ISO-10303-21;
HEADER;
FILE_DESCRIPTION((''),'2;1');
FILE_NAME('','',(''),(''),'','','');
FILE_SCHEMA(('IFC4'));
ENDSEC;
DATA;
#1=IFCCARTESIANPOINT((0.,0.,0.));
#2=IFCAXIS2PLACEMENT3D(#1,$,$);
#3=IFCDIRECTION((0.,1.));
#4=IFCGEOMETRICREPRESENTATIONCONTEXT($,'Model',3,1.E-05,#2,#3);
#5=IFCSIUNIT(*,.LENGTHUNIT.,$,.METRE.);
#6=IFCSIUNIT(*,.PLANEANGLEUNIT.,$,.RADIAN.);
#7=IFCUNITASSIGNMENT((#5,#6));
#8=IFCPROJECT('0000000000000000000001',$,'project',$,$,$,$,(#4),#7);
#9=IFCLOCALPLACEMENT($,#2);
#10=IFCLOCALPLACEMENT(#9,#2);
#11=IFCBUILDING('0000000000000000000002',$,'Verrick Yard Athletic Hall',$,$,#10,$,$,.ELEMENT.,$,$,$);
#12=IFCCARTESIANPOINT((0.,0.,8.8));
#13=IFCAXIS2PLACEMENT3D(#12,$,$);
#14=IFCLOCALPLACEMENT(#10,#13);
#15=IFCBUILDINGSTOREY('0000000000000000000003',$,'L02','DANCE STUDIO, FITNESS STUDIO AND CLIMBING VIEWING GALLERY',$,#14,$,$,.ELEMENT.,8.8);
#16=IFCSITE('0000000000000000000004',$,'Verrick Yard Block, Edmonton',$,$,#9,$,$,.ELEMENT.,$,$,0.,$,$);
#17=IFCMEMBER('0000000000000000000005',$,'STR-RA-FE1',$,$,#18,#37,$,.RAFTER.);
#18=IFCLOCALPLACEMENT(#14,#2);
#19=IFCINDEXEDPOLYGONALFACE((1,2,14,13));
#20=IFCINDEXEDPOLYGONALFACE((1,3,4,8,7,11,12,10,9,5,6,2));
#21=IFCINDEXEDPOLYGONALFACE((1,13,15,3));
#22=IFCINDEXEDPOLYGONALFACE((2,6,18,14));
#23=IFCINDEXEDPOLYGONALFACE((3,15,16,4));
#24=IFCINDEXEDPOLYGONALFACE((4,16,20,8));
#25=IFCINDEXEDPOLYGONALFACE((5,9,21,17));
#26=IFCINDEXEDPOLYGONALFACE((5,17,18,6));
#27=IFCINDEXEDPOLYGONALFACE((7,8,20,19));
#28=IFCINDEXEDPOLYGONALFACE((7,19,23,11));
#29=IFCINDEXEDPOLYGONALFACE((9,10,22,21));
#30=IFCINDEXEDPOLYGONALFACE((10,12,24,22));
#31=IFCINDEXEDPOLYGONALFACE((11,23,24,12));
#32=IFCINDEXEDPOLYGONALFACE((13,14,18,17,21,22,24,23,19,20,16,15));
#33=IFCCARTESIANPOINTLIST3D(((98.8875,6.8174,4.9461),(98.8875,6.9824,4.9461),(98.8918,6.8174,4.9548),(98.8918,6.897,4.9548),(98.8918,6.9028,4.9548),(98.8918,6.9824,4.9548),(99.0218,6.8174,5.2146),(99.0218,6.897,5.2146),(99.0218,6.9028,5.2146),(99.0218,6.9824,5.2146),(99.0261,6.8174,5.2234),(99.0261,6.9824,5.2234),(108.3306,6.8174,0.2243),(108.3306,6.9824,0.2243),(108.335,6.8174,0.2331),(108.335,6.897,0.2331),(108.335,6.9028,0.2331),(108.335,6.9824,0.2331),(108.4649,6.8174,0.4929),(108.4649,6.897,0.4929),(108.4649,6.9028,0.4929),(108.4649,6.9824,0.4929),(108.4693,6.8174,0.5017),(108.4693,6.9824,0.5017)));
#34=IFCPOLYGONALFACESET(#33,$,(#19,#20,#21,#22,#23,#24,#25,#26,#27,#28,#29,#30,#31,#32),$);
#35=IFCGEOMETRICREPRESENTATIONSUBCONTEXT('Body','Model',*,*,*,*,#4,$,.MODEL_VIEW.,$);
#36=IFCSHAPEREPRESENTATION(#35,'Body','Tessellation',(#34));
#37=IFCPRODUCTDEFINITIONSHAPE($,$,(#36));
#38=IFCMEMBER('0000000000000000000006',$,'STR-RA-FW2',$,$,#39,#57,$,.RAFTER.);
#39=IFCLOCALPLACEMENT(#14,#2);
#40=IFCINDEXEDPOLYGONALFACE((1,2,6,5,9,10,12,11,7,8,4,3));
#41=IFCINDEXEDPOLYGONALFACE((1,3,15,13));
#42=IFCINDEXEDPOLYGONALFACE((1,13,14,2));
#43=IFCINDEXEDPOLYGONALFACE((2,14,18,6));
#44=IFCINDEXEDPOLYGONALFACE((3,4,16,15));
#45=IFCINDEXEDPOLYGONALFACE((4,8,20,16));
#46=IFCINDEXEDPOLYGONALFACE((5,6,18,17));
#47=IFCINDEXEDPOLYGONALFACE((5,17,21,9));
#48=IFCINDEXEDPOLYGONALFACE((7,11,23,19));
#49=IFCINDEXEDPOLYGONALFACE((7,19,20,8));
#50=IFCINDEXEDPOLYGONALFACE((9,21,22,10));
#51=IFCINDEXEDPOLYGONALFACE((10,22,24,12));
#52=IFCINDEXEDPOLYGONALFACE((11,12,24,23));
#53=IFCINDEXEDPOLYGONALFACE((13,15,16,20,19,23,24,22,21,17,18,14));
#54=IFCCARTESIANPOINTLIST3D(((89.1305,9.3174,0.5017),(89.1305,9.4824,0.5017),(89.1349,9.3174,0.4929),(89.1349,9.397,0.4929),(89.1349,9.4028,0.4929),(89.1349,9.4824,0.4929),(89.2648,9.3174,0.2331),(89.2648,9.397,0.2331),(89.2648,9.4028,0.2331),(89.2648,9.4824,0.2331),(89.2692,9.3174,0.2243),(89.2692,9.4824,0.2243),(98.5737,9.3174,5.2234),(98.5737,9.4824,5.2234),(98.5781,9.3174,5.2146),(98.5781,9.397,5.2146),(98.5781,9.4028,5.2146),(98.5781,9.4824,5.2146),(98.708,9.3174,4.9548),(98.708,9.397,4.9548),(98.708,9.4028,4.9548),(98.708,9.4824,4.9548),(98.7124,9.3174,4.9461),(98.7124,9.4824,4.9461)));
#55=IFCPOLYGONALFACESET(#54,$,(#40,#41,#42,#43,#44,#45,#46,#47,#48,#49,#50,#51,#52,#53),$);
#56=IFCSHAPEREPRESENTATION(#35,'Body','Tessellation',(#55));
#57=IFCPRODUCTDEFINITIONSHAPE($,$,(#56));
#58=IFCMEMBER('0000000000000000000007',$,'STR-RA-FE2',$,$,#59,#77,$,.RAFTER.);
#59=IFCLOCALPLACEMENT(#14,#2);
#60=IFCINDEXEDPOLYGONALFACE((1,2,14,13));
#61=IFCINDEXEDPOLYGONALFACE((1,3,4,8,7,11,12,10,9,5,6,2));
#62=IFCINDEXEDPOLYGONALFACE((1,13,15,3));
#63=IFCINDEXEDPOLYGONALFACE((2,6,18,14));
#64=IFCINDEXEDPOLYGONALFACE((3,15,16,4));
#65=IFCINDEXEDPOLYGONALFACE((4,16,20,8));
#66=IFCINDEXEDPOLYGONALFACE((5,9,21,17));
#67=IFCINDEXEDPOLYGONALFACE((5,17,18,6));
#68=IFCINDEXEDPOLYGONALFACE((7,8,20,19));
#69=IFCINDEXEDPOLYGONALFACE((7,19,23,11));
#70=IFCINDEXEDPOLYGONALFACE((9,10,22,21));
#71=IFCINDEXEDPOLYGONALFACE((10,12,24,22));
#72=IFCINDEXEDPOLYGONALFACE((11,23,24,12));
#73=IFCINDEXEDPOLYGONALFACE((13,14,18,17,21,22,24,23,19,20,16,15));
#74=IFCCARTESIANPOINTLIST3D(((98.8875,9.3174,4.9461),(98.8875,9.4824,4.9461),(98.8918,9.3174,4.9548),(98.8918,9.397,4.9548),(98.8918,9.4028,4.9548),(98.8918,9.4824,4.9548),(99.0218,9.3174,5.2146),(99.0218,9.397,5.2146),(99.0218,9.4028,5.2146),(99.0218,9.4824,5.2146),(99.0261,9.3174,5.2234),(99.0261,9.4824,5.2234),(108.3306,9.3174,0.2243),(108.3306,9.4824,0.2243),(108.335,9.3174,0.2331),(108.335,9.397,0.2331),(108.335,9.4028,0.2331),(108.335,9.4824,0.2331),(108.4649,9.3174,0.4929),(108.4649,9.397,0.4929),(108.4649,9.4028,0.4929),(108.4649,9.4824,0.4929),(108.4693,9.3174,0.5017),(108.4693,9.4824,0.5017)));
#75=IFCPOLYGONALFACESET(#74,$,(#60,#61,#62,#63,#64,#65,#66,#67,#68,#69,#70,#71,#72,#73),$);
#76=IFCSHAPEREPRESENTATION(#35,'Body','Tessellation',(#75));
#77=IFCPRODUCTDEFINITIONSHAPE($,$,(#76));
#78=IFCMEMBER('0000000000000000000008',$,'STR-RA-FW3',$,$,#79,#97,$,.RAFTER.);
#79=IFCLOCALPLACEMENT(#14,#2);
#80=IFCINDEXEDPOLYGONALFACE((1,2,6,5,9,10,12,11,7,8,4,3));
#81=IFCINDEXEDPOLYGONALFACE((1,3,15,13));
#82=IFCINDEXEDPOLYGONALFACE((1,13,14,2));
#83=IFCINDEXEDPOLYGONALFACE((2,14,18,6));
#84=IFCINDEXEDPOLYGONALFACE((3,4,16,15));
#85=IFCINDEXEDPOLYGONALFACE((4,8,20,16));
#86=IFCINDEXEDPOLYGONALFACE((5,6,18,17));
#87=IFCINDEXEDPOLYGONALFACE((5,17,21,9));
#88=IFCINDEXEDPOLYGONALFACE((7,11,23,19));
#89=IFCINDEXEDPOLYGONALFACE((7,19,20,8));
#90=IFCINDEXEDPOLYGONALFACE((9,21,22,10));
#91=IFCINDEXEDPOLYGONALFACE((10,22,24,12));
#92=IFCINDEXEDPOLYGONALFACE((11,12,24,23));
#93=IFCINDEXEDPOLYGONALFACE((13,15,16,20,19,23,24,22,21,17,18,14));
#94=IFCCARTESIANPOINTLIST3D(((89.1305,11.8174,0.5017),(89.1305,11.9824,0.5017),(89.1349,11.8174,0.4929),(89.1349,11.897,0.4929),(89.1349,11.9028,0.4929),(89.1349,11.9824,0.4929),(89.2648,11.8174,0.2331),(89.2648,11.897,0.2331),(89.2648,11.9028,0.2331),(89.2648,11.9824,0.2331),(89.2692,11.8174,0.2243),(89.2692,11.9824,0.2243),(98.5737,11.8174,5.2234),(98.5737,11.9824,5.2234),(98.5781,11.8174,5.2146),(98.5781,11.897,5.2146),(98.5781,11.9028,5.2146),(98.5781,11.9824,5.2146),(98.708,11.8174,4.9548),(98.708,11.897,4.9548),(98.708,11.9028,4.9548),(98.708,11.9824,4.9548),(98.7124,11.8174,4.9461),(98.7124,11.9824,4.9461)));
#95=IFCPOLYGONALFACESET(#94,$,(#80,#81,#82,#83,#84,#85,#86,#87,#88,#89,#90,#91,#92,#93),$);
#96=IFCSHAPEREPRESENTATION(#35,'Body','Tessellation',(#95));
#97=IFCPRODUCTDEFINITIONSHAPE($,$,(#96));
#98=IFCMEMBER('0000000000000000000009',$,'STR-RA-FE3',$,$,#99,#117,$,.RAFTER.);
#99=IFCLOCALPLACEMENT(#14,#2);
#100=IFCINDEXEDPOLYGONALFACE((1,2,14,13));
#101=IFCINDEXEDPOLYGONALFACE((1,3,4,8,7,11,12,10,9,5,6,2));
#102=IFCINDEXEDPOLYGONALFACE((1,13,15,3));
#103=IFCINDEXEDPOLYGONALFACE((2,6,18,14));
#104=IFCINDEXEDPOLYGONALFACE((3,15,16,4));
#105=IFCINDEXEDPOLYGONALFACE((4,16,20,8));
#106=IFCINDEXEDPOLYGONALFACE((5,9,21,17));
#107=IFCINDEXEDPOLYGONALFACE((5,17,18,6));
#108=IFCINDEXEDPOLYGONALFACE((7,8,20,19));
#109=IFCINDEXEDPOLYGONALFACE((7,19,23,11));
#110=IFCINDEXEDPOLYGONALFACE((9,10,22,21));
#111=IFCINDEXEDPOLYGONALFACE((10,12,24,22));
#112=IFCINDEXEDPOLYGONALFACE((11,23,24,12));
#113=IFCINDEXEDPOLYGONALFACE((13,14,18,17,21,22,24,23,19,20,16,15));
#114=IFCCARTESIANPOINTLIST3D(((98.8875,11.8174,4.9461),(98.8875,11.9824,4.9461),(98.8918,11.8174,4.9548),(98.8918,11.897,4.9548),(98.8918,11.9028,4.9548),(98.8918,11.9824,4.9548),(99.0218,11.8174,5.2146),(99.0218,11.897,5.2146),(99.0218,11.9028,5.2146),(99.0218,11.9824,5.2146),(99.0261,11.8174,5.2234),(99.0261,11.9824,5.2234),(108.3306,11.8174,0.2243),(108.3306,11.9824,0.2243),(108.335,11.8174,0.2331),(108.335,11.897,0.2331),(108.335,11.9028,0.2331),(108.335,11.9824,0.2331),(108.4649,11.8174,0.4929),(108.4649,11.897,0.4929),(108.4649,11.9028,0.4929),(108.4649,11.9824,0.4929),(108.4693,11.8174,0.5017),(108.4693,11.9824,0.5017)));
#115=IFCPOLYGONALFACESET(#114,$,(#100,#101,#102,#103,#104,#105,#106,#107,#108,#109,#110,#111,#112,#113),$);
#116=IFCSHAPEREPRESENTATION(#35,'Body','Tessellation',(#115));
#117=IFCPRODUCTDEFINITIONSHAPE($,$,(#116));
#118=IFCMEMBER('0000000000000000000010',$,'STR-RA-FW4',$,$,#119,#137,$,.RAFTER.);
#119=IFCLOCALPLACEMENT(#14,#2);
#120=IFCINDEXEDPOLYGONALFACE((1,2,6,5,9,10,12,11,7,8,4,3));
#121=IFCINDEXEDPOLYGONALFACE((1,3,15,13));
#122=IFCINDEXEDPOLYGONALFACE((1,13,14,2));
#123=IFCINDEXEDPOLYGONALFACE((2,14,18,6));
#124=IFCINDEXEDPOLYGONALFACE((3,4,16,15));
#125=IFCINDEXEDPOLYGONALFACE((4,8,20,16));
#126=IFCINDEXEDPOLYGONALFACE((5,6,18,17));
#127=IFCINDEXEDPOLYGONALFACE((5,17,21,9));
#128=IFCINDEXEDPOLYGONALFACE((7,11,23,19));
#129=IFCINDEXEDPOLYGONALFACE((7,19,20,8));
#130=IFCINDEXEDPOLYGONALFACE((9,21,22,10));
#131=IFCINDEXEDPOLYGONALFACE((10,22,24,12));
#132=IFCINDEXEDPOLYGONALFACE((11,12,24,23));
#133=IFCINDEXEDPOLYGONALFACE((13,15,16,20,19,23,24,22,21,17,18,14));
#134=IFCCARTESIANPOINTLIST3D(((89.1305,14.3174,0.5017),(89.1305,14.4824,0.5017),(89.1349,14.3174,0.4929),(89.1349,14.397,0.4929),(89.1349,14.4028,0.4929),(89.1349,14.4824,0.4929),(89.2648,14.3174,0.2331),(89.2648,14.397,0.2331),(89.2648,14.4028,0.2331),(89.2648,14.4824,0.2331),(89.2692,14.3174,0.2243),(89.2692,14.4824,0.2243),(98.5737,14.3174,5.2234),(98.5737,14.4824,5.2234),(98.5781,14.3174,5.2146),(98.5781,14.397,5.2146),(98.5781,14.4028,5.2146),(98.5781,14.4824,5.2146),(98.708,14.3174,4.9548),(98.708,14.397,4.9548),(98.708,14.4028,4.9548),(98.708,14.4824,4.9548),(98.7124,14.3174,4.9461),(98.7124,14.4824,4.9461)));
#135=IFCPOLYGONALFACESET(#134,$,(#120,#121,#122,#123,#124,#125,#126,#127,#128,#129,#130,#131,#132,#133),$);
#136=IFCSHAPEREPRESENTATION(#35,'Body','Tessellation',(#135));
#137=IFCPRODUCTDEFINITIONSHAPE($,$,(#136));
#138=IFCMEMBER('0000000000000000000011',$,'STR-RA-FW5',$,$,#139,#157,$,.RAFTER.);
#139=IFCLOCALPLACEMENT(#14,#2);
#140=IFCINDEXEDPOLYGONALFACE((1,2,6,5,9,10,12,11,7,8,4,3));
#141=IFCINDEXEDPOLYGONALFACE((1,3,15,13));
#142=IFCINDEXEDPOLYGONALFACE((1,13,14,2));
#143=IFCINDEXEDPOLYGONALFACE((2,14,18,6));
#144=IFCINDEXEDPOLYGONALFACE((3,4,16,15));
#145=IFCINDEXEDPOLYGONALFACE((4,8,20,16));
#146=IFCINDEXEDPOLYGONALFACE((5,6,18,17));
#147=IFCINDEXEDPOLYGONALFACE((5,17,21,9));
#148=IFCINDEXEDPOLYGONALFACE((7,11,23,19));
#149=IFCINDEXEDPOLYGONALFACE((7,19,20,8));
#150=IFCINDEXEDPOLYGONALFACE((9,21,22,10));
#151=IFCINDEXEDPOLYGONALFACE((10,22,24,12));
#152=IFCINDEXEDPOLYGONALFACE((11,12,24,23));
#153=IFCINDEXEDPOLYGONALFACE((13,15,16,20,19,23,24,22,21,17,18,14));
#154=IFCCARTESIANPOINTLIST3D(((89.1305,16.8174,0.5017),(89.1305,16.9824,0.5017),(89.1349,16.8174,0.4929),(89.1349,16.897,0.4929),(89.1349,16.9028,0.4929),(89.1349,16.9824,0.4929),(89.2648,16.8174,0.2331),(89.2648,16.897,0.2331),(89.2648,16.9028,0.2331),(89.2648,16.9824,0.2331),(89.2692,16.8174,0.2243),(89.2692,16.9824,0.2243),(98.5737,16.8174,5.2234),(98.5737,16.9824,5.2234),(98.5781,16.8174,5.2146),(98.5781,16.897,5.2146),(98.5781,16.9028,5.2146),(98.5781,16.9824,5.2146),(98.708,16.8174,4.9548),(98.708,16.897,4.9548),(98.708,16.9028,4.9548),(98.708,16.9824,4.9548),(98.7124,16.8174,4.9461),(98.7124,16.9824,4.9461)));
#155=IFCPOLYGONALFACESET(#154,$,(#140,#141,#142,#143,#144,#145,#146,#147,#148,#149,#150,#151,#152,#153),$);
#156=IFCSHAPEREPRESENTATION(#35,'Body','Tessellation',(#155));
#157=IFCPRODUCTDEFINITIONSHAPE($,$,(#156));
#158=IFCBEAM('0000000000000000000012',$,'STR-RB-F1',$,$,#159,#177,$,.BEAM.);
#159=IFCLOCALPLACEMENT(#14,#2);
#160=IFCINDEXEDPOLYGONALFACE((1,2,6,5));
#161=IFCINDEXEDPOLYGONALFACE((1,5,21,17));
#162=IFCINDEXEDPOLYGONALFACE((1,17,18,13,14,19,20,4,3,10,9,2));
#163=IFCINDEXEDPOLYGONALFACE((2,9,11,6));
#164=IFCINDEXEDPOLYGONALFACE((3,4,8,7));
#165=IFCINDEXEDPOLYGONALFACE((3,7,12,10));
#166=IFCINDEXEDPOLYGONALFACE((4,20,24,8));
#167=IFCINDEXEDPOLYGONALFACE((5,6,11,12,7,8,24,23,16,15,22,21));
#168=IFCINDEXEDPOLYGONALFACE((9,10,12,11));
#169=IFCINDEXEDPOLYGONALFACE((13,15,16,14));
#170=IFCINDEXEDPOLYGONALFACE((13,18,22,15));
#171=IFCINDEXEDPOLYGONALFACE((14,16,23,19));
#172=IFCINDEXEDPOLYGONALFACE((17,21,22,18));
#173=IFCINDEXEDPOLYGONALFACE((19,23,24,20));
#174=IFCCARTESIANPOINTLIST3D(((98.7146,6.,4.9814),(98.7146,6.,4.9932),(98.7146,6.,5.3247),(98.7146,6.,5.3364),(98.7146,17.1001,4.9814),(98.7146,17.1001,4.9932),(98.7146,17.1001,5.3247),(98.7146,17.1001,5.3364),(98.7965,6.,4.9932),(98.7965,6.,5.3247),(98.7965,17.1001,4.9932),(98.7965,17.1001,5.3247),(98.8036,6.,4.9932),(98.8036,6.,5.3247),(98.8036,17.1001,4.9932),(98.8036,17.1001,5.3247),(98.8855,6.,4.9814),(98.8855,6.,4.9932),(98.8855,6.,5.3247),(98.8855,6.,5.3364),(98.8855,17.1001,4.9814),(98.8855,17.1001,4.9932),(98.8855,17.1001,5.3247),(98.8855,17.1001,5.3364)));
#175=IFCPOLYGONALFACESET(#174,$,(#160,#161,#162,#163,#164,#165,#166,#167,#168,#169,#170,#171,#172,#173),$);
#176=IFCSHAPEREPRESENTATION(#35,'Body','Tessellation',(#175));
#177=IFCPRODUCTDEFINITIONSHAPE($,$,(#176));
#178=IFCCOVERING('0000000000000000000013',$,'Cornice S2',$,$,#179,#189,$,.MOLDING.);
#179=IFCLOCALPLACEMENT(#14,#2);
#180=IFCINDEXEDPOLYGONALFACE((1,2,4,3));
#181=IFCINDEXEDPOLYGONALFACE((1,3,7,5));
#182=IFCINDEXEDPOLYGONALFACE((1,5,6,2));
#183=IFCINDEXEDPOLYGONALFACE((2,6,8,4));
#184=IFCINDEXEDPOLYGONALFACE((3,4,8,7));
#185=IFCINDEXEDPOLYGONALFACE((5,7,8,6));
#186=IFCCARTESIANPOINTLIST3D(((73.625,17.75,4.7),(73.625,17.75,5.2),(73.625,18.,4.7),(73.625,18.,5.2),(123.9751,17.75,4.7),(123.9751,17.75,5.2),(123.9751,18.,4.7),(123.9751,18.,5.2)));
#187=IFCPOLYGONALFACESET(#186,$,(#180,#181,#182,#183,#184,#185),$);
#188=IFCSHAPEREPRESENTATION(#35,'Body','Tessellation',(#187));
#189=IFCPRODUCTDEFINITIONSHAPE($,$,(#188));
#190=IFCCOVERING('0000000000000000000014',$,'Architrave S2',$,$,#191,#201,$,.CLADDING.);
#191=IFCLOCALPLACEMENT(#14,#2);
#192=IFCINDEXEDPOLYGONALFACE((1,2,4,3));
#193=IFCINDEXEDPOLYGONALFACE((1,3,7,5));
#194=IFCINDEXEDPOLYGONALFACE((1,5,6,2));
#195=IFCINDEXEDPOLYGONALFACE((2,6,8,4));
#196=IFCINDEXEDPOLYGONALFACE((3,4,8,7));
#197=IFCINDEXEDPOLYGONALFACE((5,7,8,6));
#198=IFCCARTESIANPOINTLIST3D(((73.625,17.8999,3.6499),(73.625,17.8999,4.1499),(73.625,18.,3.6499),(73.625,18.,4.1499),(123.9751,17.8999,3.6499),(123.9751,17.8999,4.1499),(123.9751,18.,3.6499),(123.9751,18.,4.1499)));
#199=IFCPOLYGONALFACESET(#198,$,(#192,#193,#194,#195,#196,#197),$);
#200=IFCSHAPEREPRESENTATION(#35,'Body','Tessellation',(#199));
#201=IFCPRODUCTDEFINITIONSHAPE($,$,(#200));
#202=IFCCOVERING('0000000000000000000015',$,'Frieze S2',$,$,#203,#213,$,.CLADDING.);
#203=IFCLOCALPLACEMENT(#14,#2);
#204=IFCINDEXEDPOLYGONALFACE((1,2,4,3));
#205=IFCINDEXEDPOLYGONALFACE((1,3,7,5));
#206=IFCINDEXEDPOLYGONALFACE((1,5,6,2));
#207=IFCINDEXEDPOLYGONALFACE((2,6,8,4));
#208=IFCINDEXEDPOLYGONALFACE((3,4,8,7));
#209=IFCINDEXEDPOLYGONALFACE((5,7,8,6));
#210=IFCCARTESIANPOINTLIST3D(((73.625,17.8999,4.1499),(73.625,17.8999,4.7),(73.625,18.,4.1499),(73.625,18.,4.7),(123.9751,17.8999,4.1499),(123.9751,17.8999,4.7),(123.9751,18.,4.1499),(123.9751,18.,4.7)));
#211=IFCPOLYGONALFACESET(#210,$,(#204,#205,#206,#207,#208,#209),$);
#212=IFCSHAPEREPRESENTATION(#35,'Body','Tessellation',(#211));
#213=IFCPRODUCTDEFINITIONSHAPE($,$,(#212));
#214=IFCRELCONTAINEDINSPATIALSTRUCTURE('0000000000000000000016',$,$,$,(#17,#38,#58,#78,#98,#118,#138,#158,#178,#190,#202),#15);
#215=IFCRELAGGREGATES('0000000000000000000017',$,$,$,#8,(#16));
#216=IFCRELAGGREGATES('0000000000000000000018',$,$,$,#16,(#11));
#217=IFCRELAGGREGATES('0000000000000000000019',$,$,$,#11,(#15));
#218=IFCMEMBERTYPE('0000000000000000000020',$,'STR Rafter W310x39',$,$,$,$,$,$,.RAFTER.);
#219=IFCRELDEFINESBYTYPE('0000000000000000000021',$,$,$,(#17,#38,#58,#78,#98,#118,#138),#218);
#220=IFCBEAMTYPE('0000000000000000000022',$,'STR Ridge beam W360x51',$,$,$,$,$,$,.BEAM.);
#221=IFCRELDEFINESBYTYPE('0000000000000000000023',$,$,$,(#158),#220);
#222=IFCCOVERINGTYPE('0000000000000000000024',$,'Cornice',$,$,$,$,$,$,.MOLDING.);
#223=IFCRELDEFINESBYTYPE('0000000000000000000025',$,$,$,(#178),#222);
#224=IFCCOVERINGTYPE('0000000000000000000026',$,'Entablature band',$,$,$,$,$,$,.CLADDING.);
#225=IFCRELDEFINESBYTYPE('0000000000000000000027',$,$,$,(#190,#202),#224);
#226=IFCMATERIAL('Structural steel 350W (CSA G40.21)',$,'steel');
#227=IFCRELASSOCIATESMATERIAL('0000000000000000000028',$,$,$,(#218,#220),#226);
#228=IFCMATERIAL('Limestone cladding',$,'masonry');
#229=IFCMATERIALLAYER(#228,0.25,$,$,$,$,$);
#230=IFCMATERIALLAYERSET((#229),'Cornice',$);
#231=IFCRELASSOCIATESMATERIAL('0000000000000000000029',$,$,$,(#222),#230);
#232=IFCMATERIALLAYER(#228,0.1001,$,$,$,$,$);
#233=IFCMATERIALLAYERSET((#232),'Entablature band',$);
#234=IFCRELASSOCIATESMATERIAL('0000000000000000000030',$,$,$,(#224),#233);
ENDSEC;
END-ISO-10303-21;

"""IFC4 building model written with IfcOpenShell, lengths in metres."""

from ifc_helpers import new_model, si_unit, direction, frame, origin, origin_2d, place, context, subcontext, project, spatial, rectangle, i_section, extrude, material, layer, layer_set, material_profile, profile_set, type_object, element, save


model = new_model("IFC4")

# Units and contexts
model_context = context("Model", 3, precision=1e-05, world=origin(), true_north=direction((0.0, 1.0)))
body_context = subcontext(model_context, "Body", "Model", "MODEL_VIEW")
ifc_project = project(units=[si_unit("LENGTHUNIT", "METRE"), si_unit("PLANEANGLEUNIT", "RADIAN")], contexts=[model_context])

# Site, building, storey
site_placement = place(None, origin())
site = spatial("IfcSite", under=ifc_project, at=site_placement, Name="Verrick Yard Block, Edmonton", CompositionType="ELEMENT", RefElevation=0.0)
building_placement = place(site_placement, origin())
building = spatial("IfcBuilding", under=site, at=building_placement, Name="Verrick Yard Athletic Hall", CompositionType="ELEMENT")
storey_placement = place(building_placement, frame((0.0, 0.0, 8.8)))
storey = spatial("IfcBuildingStorey", under=building, at=storey_placement, Name="L02", Description="DANCE STUDIO, FITNESS STUDIO AND CLIMBING VIEWING GALLERY", CompositionType="ELEMENT", Elevation=8.8)

# Shared definitions
ifc_material_1 = material(Name="Structural steel 350W (CSA G40.21)", Category="steel")

# Members
ifc_material_profile_1 = material_profile(ifc_material_1, i_section(OverallWidth=0.165, OverallDepth=0.3101, WebThickness=0.0059, FlangeThickness=0.0098, at=origin_2d()), Name="W310x39")
ifc_profile_set_1 = profile_set([ifc_material_profile_1], Name="Structural steel 350W (CSA G40.21)")
member_type_1 = type_object("IfcMemberType", Name="STR Rafter W310x39", PredefinedType="RAFTER", material=ifc_profile_set_1)
for number, where, z_axis, x_axis, name in (
    (1, (98.9568, 6.8999, 5.0847), (0.894423, 0.0, -0.447223), (0.0, 1.0, 0.0), "STR-RA-FE1"),
    (2, (98.6431, 9.3999, 5.0847), (-0.894423, 0.0, -0.447223), (0.0, -1.0, 0.0), "STR-RA-FW2"),
    (3, (98.9568, 9.3999, 5.0847), (0.894423, 0.0, -0.447223), (0.0, 1.0, 0.0), "STR-RA-FE2"),
    (4, (98.6431, 11.8999, 5.0847), (-0.894423, 0.0, -0.447223), (0.0, -1.0, 0.0), "STR-RA-FW3"),
    (5, (98.9568, 11.8999, 5.0847), (0.894423, 0.0, -0.447223), (0.0, 1.0, 0.0), "STR-RA-FE3"),
    (6, (98.6431, 14.3999, 5.0847), (-0.894423, 0.0, -0.447223), (0.0, -1.0, 0.0), "STR-RA-FW4"),
    (7, (98.6431, 16.8999, 5.0847), (-0.894423, 0.0, -0.447223), (0.0, -1.0, 0.0), "STR-RA-FW5"),
):
    element("IfcMember", number, at=place(storey_placement, frame(where, z_axis=z_axis, x_axis=x_axis)), inside=storey, type_object=member_type_1, Name=name, PredefinedType="RAFTER", context=body_context, shape_type="SweptSolid", body=[
        extrude(i_section(OverallWidth=0.165, OverallDepth=0.3101, WebThickness=0.0059, FlangeThickness=0.0098, at=origin_2d()), origin(), (0.0, 0.0, 1.0), 10.5579),
    ])

# Beam
ifc_material_profile_2 = material_profile(ifc_material_1, i_section(OverallWidth=0.1709, OverallDepth=0.355, WebThickness=0.0071, FlangeThickness=0.0117, at=origin_2d()), Name="W360x51")
ifc_profile_set_2 = profile_set([ifc_material_profile_2], Name="Structural steel 350W (CSA G40.21)")
beam_type = type_object("IfcBeamType", Name="STR Ridge beam W360x51", PredefinedType="BEAM", material=ifc_profile_set_2)
beam_placement = place(storey_placement, frame((98.8, 6.0, 5.1589), z_axis=(0.0, 1.0, 0.0), x_axis=(-1.0, 0.0, 0.0)))
element("IfcBeam", 8, at=beam_placement, inside=storey, type_object=beam_type, Name="STR-RB-F1", PredefinedType="BEAM", context=body_context, shape_type="SweptSolid", body=[
    extrude(i_section(OverallWidth=0.1709, OverallDepth=0.355, WebThickness=0.0071, FlangeThickness=0.0117, at=origin_2d()), origin(), (0.0, 0.0, 1.0), 11.1001),
])

# Coverings
ifc_material_2 = material(Name="Limestone cladding", Category="masonry")
ifc_layer_1 = layer(ifc_material_2, 0.25)
ifc_layer_set_1 = layer_set([ifc_layer_1], Name="Cornice")
covering_type_1 = type_object("IfcCoveringType", Name="Cornice", PredefinedType="MOLDING", material=ifc_layer_set_1)
covering_1_placement = place(storey_placement, frame((98.8, 17.875, 4.7), z_axis=(0.0, 0.0, 1.0), x_axis=(1.0, 0.0, 0.0)))
element("IfcCovering", 9, at=covering_1_placement, inside=storey, type_object=covering_type_1, Name="Cornice S2", PredefinedType="MOLDING", context=body_context, shape_type="SweptSolid", body=[
    extrude(rectangle(XDim=50.3501, YDim=0.25, at=origin_2d()), origin(), (0.0, 0.0, 1.0), 0.5),
])
ifc_layer_2 = layer(ifc_material_2, 0.1001)
ifc_layer_set_2 = layer_set([ifc_layer_2], Name="Entablature band")
covering_type_2 = type_object("IfcCoveringType", Name="Entablature band", PredefinedType="CLADDING", material=ifc_layer_set_2)
covering_2_placement = place(storey_placement, frame((98.8, 17.95, 3.6499), z_axis=(0.0, 0.0, 1.0), x_axis=(1.0, 0.0, 0.0)))
element("IfcCovering", 10, at=covering_2_placement, inside=storey, type_object=covering_type_2, Name="Architrave S2", PredefinedType="CLADDING", context=body_context, shape_type="SweptSolid", body=[
    extrude(rectangle(XDim=50.3501, YDim=0.1001, at=origin_2d()), origin(), (0.0, 0.0, 1.0), 0.5),
])
covering_3_placement = place(storey_placement, frame((98.8, 17.95, 4.1499), z_axis=(0.0, 0.0, 1.0), x_axis=(1.0, 0.0, 0.0)))
element("IfcCovering", 11, at=covering_3_placement, inside=storey, type_object=covering_type_2, Name="Frieze S2", PredefinedType="CLADDING", context=body_context, shape_type="SweptSolid", body=[
    extrude(rectangle(XDim=50.3501, YDim=0.1001, at=origin_2d()), origin(), (0.0, 0.0, 1.0), 0.55),
])

save(model, "model.ifc")
